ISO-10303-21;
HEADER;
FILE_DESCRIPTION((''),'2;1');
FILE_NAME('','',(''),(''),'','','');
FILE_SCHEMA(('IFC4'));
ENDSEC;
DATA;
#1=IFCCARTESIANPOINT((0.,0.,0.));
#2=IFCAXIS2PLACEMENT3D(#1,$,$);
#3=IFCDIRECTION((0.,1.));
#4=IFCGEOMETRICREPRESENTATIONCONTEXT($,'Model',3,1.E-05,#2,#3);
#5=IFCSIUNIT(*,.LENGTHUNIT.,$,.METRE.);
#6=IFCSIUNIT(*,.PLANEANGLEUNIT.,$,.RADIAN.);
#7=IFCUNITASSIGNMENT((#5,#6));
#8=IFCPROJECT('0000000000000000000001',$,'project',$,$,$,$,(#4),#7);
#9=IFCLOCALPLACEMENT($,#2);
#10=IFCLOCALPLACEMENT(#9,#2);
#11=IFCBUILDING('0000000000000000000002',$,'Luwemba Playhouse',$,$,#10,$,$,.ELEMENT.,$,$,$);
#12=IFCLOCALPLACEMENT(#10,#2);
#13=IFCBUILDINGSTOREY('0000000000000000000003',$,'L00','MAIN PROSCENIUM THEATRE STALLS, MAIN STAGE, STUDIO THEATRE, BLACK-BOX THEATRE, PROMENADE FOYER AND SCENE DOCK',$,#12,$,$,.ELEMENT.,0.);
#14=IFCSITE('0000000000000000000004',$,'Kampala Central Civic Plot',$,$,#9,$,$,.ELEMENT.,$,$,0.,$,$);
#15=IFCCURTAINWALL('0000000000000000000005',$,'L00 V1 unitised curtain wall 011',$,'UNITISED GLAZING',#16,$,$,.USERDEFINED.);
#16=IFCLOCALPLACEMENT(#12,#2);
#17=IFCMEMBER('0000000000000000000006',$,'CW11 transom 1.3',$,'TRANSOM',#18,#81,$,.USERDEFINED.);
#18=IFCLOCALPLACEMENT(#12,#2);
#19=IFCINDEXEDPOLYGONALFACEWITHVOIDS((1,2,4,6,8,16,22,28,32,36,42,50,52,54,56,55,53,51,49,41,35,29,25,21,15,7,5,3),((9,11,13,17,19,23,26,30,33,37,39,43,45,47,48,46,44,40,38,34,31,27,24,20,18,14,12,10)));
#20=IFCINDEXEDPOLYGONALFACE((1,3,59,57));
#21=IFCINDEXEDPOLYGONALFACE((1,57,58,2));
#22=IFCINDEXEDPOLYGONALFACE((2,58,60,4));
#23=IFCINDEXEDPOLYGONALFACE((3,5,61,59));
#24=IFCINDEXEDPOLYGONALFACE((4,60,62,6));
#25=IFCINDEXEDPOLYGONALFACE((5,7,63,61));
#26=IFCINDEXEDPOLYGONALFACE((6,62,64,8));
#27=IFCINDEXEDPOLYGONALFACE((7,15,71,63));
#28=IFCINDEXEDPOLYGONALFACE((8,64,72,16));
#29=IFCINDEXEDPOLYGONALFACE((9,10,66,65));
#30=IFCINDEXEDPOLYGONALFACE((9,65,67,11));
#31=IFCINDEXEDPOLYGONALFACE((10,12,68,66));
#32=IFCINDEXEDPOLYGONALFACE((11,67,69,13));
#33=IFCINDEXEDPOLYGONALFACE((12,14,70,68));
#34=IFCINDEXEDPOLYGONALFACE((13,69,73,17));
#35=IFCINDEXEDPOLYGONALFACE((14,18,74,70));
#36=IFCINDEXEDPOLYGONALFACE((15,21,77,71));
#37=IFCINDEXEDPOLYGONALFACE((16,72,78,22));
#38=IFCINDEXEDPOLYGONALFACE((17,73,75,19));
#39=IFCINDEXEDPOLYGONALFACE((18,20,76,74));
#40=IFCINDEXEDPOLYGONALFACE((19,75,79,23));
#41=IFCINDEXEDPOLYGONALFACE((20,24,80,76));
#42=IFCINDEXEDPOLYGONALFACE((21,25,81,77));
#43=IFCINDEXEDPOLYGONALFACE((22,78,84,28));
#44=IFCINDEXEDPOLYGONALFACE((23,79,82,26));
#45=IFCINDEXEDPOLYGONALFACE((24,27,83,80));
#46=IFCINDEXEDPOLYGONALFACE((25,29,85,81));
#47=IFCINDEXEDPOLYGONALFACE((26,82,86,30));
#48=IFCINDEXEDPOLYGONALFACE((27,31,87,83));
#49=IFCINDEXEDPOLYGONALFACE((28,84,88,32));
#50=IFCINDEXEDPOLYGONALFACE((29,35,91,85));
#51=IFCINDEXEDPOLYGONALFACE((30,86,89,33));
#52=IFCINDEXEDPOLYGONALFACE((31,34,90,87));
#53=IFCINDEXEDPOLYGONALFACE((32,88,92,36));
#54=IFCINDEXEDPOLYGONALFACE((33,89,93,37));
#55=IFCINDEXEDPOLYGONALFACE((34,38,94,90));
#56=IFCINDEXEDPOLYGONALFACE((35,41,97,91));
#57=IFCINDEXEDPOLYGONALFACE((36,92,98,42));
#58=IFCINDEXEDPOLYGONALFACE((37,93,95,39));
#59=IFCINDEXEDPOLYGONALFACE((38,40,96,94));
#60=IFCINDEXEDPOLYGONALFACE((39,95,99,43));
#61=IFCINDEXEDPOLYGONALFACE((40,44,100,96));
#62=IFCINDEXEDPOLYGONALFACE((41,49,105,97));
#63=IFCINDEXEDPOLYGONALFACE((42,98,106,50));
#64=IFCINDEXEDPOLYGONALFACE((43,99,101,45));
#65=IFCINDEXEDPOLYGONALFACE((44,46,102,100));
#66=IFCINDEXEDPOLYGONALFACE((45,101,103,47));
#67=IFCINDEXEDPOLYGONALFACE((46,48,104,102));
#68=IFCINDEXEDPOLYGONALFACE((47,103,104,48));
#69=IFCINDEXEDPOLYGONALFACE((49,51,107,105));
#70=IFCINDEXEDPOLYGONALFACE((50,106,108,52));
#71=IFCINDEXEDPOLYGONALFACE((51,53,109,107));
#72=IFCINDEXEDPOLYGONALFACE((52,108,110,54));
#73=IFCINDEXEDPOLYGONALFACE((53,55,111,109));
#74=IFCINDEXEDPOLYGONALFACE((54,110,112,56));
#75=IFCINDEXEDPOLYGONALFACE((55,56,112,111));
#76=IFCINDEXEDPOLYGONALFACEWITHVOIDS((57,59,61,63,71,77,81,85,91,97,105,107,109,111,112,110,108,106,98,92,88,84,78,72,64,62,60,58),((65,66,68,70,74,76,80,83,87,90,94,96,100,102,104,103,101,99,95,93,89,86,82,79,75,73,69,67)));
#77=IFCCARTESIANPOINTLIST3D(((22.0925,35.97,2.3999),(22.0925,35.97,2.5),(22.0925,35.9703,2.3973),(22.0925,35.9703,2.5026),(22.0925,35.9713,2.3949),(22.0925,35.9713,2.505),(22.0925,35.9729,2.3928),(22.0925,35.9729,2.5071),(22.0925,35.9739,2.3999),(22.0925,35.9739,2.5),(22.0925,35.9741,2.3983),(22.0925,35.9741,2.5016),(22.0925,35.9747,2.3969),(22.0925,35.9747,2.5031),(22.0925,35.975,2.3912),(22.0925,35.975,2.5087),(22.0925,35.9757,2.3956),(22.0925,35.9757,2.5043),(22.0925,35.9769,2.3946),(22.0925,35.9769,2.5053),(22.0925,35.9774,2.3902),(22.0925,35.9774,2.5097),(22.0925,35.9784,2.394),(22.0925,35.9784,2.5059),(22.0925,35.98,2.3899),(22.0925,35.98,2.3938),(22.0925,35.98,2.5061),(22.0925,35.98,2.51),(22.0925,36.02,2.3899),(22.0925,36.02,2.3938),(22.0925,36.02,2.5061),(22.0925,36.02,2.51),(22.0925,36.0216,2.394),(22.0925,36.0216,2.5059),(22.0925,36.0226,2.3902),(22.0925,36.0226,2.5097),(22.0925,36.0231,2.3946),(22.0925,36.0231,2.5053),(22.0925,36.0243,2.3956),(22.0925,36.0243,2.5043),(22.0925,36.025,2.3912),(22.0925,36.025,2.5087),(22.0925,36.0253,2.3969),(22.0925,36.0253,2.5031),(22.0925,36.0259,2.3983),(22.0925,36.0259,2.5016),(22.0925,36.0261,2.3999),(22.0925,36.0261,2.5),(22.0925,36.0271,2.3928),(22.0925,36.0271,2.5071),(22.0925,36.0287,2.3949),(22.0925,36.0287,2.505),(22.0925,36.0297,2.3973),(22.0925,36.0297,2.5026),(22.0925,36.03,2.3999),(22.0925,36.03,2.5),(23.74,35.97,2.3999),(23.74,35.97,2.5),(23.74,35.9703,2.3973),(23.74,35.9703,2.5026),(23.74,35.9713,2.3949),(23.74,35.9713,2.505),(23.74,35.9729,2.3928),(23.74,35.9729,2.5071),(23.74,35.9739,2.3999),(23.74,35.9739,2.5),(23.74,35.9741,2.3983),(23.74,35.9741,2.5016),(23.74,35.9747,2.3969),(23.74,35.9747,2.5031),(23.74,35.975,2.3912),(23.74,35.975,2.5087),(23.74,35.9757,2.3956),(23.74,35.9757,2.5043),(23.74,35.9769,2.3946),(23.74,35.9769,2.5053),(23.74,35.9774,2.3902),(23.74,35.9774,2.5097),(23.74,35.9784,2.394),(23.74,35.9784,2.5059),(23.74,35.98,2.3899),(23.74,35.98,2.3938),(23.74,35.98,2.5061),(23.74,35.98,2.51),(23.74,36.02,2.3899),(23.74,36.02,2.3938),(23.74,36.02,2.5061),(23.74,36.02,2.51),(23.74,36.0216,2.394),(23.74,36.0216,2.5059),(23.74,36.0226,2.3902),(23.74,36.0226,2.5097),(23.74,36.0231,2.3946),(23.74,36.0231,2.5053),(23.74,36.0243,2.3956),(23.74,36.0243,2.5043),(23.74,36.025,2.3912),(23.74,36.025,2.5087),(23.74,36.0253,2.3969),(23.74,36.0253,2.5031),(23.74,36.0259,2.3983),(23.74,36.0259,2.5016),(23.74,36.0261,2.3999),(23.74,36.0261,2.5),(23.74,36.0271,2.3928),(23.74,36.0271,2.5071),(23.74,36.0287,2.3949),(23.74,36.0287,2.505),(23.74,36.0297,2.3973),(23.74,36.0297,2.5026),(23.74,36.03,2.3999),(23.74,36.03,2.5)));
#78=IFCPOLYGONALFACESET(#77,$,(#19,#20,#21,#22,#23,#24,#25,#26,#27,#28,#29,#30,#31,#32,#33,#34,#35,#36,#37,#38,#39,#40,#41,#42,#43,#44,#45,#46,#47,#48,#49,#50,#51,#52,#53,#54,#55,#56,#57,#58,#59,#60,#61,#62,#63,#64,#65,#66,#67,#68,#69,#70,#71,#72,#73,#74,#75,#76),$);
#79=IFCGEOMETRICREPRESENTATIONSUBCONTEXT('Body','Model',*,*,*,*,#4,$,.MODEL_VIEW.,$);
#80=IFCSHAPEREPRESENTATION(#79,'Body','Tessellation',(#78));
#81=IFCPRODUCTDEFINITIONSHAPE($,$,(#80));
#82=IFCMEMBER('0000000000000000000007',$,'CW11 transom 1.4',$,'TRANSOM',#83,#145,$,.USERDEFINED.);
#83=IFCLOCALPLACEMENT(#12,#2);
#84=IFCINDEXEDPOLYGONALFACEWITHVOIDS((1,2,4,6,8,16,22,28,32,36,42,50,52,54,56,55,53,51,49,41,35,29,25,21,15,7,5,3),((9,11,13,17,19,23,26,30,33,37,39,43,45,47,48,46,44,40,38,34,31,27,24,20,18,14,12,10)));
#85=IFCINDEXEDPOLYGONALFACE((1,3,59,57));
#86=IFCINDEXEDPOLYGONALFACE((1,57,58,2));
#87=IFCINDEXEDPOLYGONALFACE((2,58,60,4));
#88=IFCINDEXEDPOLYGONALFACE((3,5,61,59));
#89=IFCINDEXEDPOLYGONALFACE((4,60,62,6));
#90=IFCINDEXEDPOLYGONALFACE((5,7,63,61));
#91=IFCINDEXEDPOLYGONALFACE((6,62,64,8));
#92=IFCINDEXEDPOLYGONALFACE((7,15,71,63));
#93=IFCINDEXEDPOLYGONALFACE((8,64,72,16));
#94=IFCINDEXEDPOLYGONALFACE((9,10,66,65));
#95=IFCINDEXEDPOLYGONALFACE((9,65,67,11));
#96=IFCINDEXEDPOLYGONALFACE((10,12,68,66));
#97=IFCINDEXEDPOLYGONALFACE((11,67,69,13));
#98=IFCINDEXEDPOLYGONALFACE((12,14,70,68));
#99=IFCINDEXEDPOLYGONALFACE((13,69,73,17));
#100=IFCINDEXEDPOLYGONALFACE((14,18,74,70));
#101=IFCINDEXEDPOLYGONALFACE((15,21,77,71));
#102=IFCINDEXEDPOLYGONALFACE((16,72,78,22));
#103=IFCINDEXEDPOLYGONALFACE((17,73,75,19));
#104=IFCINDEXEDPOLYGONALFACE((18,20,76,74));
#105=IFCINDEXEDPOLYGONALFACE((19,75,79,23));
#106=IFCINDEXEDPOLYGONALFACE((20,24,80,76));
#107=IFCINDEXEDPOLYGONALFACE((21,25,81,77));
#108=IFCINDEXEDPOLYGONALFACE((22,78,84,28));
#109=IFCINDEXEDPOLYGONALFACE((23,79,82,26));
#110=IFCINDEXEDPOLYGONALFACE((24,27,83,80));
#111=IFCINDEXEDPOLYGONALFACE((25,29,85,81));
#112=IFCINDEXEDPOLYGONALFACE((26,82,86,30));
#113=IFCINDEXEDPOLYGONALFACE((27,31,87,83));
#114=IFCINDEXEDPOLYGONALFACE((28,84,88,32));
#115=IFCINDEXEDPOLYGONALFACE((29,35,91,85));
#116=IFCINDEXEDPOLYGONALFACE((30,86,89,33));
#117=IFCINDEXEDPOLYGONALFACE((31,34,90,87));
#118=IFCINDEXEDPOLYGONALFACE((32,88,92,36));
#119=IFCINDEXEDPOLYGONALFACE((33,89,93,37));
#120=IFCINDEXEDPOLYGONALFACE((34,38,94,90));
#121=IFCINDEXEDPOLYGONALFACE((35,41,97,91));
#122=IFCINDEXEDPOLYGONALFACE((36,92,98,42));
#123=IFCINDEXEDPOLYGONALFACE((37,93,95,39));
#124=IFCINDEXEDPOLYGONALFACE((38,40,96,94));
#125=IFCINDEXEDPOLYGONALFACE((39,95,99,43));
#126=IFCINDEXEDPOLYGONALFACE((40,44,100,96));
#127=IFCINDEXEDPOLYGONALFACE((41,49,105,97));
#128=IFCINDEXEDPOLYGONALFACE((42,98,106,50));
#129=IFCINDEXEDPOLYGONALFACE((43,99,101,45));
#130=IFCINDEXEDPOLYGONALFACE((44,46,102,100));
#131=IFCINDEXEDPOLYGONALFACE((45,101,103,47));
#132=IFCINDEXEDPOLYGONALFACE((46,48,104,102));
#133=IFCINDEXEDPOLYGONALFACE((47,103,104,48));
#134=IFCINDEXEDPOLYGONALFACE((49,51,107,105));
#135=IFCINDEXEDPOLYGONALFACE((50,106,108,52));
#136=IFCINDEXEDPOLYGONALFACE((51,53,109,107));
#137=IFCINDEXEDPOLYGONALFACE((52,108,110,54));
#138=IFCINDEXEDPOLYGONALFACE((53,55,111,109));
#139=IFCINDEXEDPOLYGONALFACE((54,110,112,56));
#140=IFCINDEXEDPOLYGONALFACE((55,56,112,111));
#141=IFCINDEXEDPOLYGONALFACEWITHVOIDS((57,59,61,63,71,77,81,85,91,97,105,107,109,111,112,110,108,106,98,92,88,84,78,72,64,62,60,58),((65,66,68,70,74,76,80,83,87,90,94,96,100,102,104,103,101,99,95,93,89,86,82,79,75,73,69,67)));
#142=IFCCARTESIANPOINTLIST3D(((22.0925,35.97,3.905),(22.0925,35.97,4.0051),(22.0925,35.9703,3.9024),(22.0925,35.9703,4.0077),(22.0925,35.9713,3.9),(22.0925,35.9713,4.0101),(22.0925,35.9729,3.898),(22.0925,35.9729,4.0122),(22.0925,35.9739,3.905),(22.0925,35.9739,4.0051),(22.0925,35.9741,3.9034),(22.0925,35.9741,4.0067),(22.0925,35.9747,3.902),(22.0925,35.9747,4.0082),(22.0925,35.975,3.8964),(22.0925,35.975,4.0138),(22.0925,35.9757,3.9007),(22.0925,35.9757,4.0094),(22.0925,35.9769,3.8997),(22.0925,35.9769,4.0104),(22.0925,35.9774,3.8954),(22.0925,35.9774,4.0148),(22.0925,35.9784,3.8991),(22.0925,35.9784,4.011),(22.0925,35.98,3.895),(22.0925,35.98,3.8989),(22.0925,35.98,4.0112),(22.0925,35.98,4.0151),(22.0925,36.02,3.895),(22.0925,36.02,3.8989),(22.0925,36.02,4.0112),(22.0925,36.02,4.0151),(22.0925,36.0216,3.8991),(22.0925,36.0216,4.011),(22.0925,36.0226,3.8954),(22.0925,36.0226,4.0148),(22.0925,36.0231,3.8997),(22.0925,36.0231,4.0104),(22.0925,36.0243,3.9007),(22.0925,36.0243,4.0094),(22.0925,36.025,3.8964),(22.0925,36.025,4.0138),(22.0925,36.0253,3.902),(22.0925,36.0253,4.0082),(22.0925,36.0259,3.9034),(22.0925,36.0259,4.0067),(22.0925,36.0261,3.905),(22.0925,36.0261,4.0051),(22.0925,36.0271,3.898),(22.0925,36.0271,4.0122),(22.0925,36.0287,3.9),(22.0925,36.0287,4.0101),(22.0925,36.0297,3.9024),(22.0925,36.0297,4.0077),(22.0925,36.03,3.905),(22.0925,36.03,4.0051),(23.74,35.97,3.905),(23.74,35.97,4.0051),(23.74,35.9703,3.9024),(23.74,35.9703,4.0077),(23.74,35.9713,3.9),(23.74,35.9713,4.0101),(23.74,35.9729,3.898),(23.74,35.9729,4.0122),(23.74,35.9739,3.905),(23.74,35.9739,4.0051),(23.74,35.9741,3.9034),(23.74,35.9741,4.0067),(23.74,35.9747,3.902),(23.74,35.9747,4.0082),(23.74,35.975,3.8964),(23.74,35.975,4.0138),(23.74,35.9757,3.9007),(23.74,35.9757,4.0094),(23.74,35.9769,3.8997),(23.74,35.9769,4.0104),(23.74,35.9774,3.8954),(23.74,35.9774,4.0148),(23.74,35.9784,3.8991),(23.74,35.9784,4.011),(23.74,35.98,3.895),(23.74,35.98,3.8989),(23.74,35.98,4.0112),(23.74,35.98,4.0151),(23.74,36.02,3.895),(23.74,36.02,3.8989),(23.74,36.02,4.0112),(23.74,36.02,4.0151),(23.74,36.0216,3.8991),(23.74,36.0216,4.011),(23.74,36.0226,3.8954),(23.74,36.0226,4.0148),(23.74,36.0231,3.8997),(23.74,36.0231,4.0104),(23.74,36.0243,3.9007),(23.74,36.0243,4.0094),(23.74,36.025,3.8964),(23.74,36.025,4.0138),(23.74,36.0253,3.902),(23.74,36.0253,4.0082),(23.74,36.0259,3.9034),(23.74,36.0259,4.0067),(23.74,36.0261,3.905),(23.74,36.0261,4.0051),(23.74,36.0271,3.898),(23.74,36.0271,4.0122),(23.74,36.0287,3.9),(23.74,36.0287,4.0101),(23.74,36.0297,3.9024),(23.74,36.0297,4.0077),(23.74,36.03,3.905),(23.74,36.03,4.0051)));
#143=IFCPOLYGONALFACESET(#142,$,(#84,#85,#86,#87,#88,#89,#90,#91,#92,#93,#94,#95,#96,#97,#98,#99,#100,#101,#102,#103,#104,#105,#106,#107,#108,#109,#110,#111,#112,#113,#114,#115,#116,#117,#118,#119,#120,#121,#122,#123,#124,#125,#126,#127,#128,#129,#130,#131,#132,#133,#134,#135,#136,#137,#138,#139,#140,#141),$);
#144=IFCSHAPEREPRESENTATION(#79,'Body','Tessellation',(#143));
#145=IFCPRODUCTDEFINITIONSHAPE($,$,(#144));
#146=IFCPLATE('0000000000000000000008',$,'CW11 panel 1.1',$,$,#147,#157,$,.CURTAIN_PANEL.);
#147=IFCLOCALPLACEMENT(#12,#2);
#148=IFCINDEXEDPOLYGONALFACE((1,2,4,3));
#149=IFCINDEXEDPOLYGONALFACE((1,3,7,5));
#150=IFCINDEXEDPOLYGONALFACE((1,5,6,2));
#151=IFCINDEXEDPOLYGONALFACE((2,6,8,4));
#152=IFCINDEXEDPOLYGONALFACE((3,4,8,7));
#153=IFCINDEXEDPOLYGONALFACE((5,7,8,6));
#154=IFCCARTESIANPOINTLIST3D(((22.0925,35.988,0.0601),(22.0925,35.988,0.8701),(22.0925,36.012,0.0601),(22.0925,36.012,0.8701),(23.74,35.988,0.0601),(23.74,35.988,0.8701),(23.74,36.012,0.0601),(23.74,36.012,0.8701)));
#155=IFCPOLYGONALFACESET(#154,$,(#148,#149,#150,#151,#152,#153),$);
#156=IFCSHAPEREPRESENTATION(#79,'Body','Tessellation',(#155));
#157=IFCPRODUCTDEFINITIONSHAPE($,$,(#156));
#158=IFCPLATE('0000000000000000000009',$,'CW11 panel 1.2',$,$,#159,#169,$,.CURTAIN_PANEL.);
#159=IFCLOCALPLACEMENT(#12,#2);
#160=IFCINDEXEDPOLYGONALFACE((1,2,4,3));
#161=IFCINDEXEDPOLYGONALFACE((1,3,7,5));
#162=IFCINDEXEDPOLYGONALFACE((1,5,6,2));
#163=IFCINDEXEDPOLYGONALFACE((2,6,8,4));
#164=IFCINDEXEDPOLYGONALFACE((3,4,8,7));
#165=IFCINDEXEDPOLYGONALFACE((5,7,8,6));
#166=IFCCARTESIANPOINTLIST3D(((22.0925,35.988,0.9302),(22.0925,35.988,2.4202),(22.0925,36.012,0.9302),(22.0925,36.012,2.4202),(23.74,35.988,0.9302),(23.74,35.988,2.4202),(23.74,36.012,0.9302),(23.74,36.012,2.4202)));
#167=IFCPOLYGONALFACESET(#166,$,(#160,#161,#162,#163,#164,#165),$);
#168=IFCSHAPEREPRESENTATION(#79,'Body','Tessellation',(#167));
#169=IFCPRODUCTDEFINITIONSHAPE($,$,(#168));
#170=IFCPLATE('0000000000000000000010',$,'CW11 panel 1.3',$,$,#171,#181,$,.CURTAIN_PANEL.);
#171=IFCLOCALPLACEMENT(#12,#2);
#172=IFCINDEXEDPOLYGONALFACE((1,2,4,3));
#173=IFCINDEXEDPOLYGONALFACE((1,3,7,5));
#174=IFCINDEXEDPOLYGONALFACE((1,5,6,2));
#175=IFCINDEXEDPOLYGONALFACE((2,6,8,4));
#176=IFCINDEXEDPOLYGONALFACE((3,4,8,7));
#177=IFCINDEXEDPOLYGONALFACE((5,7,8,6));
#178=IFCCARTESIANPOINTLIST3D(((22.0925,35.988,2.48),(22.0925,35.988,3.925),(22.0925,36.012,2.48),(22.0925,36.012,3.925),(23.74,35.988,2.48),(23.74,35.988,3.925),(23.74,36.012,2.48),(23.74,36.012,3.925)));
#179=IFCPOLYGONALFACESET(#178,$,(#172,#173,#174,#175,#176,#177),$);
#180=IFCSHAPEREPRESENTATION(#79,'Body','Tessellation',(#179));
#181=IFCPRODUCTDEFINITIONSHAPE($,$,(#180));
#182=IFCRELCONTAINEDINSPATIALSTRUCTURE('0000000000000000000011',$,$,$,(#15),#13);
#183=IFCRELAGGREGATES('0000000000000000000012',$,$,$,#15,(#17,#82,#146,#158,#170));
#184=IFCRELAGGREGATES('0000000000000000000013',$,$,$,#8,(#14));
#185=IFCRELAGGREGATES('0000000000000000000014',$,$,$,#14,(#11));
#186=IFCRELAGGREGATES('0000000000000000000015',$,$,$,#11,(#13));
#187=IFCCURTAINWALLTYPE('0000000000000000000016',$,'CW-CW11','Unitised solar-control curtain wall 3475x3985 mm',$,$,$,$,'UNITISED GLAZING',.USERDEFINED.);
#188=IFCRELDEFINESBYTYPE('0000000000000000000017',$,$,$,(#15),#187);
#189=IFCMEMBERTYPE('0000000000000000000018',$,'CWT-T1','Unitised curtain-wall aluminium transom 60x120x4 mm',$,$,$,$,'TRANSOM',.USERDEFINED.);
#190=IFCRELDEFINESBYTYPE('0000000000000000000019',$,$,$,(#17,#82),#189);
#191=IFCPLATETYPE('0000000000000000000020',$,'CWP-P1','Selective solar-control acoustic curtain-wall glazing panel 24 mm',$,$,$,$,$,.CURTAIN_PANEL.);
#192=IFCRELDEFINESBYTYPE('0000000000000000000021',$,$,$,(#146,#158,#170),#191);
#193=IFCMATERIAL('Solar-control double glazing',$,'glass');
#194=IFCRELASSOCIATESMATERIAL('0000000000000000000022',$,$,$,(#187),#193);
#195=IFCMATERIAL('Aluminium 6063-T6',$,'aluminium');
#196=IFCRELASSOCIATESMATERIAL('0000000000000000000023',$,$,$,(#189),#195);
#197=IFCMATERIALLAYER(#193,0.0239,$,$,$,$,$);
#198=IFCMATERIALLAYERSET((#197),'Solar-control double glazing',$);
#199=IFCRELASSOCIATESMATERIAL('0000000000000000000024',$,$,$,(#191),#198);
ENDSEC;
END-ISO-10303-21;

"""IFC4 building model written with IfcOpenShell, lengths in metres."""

from ifc_helpers import new_model, si_unit, direction, frame, origin, origin_2d, place, context, subcontext, project, spatial, rectangle, hollow_rectangle, extrude, material, layer, layer_set, material_profile, profile_set, type_object, element, aggregate, save


model = new_model("IFC4")

# Units and contexts
model_context = context("Model", 3, precision=1e-05, world=origin(), true_north=direction((0.0, 1.0)))
body_context = subcontext(model_context, "Body", "Model", "MODEL_VIEW")
ifc_project = project(units=[si_unit("LENGTHUNIT", "METRE"), si_unit("PLANEANGLEUNIT", "RADIAN")], contexts=[model_context])

# Site, building, storey
site_placement = place(None, origin())
site = spatial("IfcSite", under=ifc_project, at=site_placement, Name="Kampala Central Civic Plot", CompositionType="ELEMENT", RefElevation=0.0)
building_placement = place(site_placement, origin())
building = spatial("IfcBuilding", under=site, at=building_placement, Name="Luwemba Playhouse", CompositionType="ELEMENT")
storey_placement = place(building_placement, origin())
storey = spatial("IfcBuildingStorey", under=building, at=storey_placement, Name="L00", Description="MAIN PROSCENIUM THEATRE STALLS, MAIN STAGE, STUDIO THEATRE, BLACK-BOX THEATRE, PROMENADE FOYER AND SCENE DOCK", CompositionType="ELEMENT", Elevation=0.0)

# Curtain wall, members, plates
ifc_material_1 = material(Name="Solar-control double glazing", Category="glass")
curtain_wall_type = type_object("IfcCurtainWallType", Name="CW-CW11", Description="Unitised solar-control curtain wall 3475x3985 mm", ElementType="UNITISED GLAZING", PredefinedType="USERDEFINED", material=ifc_material_1)
curtain_wall_placement = place(storey_placement, origin())
curtain_wall = element("IfcCurtainWall", 1, at=curtain_wall_placement, inside=storey, type_object=curtain_wall_type, Name="L00 V1 unitised curtain wall 011", ObjectType="UNITISED GLAZING", PredefinedType="USERDEFINED")
ifc_material_2 = material(Name="Aluminium 6063-T6", Category="aluminium")
ifc_material_profile_1 = material_profile(ifc_material_2, hollow_rectangle(XDim=0.0601, YDim=0.1201, WallThickness=0.0039, InnerFilletRadius=0.0061, OuterFilletRadius=0.01, at=origin_2d()))
ifc_profile_set_1 = profile_set([ifc_material_profile_1], Name="Aluminium 6063-T6")
member_type_1 = type_object("IfcMemberType", Name="CWT-T1", Description="Unitised curtain-wall aluminium transom 60x120x4 mm", ElementType="TRANSOM", PredefinedType="USERDEFINED", material=ifc_profile_set_1)
member_1_placement = place(storey_placement, frame((23.74, 36.0, 2.45), z_axis=(-1.0, 0.0, 0.0), x_axis=(0.0, -1.0, 0.0)))
member_1 = element("IfcMember", 2, at=member_1_placement, type_object=member_type_1, Name="CW11 transom 1.3", ObjectType="TRANSOM", PredefinedType="USERDEFINED", context=body_context, shape_type="SweptSolid", body=[
    extrude(hollow_rectangle(XDim=0.0601, YDim=0.1201, WallThickness=0.0039, InnerFilletRadius=0.0061, OuterFilletRadius=0.01, at=origin_2d()), origin(), (0.0, 0.0, 1.0), 1.6475),
])
member_2_placement = place(storey_placement, frame((23.74, 36.0, 3.9551), z_axis=(-1.0, 0.0, 0.0), x_axis=(0.0, -1.0, 0.0)))
member_2 = element("IfcMember", 3, at=member_2_placement, type_object=member_type_1, Name="CW11 transom 1.4", ObjectType="TRANSOM", PredefinedType="USERDEFINED", context=body_context, shape_type="SweptSolid", body=[
    extrude(hollow_rectangle(XDim=0.0601, YDim=0.1201, WallThickness=0.0039, InnerFilletRadius=0.0061, OuterFilletRadius=0.01, at=origin_2d()), origin(), (0.0, 0.0, 1.0), 1.6475),
])
ifc_layer_1 = layer(ifc_material_1, 0.0239)
ifc_layer_set_1 = layer_set([ifc_layer_1], Name="Solar-control double glazing")
plate_type = type_object("IfcPlateType", Name="CWP-P1", Description="Selective solar-control acoustic curtain-wall glazing panel 24 mm", PredefinedType="CURTAIN_PANEL", material=ifc_layer_set_1)
plate_1_placement = place(storey_placement, frame((22.9163, 36.0, 0.0601), z_axis=(0.0, 0.0, 1.0), x_axis=(-1.0, 0.0, 0.0)))
plate_1 = element("IfcPlate", 4, at=plate_1_placement, type_object=plate_type, Name="CW11 panel 1.1", PredefinedType="CURTAIN_PANEL", context=body_context, shape_type="SweptSolid", body=[
    extrude(rectangle(XDim=1.6475, YDim=0.0239, at=origin_2d()), origin(), (0.0, 0.0, 1.0), 0.8101),
])
plate_2_placement = place(storey_placement, frame((22.9163, 36.0, 0.9302), z_axis=(0.0, 0.0, 1.0), x_axis=(-1.0, 0.0, 0.0)))
plate_2 = element("IfcPlate", 5, at=plate_2_placement, type_object=plate_type, Name="CW11 panel 1.2", PredefinedType="CURTAIN_PANEL", context=body_context, shape_type="SweptSolid", body=[
    extrude(rectangle(XDim=1.6475, YDim=0.0239, at=origin_2d()), origin(), (0.0, 0.0, 1.0), 1.49),
])
plate_3_placement = place(storey_placement, frame((22.9163, 36.0, 2.48), z_axis=(0.0, 0.0, 1.0), x_axis=(-1.0, 0.0, 0.0)))
plate_3 = element("IfcPlate", 6, at=plate_3_placement, type_object=plate_type, Name="CW11 panel 1.3", PredefinedType="CURTAIN_PANEL", context=body_context, shape_type="SweptSolid", body=[
    extrude(rectangle(XDim=1.6475, YDim=0.0239, at=origin_2d()), origin(), (0.0, 0.0, 1.0), 1.4451),
])
aggregate(curtain_wall, [member_1, member_2, plate_1, plate_2, plate_3])

save(model, "model.ifc")
